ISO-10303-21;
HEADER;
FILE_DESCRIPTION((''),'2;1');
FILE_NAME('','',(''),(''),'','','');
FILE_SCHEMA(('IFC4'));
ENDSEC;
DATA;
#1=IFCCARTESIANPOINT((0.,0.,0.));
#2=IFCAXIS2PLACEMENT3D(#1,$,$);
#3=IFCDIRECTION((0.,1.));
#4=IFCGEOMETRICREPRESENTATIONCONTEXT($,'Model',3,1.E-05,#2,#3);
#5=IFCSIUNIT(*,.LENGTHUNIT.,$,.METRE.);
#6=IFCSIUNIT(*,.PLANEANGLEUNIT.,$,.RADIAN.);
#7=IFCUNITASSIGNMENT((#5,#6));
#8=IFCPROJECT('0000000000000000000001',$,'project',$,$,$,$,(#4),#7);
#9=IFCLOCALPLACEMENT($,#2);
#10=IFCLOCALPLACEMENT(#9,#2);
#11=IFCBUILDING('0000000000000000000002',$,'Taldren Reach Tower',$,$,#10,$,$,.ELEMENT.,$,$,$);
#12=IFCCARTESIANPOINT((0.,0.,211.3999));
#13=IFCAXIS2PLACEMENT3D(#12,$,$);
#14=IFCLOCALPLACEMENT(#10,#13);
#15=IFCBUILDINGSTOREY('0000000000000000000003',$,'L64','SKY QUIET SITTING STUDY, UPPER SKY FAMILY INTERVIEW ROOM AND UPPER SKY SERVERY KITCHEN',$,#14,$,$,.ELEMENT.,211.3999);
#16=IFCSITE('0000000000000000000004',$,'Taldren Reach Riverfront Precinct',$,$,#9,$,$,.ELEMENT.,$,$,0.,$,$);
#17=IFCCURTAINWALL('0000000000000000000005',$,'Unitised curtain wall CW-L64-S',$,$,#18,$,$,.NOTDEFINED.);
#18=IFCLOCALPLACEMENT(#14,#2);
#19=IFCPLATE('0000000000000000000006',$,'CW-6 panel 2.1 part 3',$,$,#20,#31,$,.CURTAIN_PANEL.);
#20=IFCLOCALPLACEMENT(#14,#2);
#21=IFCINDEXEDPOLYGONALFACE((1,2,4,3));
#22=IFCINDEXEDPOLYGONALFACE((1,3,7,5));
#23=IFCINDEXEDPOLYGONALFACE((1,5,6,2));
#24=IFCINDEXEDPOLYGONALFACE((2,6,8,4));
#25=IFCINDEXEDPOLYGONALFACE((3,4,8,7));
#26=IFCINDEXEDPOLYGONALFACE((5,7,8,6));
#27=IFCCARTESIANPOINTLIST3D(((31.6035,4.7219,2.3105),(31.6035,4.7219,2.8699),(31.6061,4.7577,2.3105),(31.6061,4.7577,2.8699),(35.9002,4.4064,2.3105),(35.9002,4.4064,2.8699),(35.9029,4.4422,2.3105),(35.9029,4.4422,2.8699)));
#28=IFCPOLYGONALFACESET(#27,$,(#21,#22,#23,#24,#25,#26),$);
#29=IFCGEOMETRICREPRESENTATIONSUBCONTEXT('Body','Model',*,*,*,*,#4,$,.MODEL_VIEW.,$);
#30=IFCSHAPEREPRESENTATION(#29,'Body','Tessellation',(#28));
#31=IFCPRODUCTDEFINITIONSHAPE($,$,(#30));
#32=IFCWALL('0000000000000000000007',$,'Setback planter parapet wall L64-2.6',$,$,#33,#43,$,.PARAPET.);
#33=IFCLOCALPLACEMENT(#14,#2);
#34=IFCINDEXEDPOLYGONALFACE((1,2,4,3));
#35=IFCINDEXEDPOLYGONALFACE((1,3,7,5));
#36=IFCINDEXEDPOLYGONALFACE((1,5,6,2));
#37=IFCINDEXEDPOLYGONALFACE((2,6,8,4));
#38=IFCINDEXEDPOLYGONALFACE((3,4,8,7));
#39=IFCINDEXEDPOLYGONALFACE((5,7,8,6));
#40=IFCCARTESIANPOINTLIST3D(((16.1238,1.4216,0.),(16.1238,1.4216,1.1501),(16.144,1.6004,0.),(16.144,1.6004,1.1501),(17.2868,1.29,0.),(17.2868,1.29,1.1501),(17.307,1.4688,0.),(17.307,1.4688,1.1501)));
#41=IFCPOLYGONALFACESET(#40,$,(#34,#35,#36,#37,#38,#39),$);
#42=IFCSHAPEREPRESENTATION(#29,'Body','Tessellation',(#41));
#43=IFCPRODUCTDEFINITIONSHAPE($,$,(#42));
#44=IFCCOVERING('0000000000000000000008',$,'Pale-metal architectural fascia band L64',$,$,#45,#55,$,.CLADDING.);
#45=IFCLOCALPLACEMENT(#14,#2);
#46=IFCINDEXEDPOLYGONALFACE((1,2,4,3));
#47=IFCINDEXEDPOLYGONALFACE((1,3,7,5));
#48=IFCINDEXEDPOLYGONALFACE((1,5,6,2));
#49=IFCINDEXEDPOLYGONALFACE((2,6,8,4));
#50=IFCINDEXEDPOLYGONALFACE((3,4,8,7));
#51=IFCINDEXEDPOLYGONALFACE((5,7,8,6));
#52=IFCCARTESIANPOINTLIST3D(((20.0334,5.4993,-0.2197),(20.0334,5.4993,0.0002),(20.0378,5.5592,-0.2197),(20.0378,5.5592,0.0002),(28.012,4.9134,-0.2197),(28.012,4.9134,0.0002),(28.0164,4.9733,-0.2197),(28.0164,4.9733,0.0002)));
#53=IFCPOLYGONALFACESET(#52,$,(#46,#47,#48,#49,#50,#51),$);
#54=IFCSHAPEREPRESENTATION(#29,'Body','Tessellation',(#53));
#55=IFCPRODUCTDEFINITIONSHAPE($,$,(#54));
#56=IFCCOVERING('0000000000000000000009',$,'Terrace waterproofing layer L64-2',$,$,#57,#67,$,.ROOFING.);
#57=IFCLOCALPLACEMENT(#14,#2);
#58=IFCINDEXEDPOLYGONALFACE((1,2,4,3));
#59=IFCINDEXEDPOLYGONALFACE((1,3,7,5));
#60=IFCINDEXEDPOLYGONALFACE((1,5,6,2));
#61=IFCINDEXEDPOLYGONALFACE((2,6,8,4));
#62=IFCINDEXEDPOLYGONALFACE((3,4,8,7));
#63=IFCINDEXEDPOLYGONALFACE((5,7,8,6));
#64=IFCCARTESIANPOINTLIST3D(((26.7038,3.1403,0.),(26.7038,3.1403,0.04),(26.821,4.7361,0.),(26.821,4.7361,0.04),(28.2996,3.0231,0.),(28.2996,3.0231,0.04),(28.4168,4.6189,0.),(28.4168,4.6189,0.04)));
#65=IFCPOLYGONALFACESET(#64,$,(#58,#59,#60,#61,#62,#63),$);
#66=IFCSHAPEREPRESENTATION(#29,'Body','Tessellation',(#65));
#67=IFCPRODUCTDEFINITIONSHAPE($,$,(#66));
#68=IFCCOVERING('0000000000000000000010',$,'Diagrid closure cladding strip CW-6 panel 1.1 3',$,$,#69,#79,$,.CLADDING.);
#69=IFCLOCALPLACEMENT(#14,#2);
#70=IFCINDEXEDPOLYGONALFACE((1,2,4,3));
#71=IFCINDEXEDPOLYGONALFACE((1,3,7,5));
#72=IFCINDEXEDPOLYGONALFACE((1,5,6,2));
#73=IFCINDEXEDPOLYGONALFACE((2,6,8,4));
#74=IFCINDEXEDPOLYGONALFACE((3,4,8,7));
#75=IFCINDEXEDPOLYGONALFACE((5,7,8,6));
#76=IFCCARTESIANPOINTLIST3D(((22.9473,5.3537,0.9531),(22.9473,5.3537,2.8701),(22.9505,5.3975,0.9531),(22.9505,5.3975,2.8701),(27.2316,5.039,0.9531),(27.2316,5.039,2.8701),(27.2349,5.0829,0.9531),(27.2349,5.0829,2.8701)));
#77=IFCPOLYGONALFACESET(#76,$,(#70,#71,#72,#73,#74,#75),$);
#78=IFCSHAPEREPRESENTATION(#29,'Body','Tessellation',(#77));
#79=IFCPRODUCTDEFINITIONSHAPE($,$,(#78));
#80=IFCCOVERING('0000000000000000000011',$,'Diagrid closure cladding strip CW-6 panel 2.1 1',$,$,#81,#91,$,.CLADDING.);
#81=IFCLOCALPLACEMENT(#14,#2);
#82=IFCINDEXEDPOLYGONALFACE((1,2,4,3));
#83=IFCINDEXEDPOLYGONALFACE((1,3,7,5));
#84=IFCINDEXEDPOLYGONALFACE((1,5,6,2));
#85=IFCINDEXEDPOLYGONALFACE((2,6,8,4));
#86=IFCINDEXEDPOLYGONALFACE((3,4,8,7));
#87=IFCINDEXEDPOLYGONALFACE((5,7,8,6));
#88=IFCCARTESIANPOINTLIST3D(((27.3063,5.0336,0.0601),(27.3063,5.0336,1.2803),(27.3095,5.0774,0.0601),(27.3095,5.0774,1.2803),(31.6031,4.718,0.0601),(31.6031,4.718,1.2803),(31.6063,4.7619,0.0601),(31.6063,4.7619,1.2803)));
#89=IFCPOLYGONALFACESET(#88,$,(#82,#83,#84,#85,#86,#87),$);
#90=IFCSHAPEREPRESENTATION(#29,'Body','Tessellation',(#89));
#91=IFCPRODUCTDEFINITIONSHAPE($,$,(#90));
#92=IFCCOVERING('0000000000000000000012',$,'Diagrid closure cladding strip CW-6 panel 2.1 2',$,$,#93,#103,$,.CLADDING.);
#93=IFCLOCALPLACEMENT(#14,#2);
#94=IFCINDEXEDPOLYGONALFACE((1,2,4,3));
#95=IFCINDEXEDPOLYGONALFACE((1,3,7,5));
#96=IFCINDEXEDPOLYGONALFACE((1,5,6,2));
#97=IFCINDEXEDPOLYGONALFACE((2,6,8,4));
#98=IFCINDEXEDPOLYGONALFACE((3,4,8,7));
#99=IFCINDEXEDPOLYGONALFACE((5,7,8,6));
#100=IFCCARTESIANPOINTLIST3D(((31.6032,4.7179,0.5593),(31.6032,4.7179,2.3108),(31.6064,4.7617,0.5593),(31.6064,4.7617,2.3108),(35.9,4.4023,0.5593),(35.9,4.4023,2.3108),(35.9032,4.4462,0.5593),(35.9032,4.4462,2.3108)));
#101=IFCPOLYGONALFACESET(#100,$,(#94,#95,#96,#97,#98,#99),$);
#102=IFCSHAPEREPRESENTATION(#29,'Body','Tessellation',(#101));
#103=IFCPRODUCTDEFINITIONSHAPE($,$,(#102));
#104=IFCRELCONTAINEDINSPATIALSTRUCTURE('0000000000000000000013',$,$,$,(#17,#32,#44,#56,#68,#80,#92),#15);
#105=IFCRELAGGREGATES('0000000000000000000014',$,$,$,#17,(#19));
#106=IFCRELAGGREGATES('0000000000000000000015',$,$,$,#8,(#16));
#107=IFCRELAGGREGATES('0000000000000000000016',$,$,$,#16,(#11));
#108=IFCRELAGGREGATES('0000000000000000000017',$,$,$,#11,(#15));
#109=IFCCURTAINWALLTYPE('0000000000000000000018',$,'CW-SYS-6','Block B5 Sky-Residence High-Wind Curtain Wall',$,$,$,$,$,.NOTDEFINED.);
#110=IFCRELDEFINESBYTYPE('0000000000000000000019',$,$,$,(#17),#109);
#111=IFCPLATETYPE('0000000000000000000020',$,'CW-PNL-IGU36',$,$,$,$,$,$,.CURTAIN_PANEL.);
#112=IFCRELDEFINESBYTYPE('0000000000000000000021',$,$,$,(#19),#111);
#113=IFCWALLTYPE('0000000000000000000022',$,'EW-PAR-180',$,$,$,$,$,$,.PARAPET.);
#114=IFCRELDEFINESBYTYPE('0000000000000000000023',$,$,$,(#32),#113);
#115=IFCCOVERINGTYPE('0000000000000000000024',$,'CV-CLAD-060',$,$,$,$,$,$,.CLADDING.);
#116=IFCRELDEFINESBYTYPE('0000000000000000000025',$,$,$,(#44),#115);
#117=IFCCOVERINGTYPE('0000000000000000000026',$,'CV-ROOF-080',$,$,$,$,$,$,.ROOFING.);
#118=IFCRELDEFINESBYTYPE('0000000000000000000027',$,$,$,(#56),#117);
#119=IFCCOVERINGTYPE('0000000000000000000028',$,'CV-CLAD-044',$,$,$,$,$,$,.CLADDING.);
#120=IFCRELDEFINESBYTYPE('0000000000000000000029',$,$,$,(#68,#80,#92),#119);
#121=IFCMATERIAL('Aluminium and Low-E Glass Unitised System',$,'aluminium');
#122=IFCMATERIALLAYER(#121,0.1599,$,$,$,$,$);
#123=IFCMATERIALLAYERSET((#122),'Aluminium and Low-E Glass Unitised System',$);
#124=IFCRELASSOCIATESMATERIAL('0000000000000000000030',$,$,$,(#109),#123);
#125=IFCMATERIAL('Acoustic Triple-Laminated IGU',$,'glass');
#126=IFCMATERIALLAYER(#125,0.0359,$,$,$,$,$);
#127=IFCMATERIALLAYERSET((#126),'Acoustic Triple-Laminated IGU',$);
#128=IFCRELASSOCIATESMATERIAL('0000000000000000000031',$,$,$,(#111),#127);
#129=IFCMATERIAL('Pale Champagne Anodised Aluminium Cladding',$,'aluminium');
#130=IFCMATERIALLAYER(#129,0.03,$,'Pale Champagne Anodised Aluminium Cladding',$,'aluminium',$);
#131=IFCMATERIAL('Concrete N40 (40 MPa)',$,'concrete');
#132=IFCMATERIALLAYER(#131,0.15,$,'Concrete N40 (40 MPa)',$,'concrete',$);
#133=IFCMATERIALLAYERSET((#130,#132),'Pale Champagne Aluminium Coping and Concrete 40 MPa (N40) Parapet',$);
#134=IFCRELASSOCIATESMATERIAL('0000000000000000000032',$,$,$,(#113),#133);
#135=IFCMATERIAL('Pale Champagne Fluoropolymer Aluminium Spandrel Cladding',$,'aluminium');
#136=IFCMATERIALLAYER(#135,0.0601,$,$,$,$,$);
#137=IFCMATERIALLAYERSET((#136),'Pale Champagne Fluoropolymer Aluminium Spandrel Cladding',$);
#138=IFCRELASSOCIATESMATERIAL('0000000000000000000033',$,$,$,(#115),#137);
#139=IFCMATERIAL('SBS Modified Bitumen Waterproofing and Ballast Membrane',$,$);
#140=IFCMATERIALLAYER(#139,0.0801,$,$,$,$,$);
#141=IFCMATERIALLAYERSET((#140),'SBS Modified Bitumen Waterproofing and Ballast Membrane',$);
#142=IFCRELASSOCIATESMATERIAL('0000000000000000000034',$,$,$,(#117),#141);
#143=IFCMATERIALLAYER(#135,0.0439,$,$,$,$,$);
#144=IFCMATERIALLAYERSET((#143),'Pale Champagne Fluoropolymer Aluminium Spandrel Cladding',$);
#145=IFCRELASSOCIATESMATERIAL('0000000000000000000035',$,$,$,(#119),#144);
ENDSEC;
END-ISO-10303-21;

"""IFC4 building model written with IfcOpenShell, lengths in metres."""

from ifc_helpers import new_model, si_unit, direction, frame, frame_2d, origin, origin_2d, place, context, subcontext, project, spatial, rectangle, extrude, source, transform, mapped, material, layer, layer_set, type_object, element, aggregate, save


model = new_model("IFC4")

# Units and contexts
model_context = context("Model", 3, precision=1e-05, world=origin(), true_north=direction((0.0, 1.0)))
body_context = subcontext(model_context, "Body", "Model", "MODEL_VIEW")
ifc_project = project(units=[si_unit("LENGTHUNIT", "METRE"), si_unit("PLANEANGLEUNIT", "RADIAN")], contexts=[model_context])

# Site, building, storey
site_placement = place(None, origin())
site = spatial("IfcSite", under=ifc_project, at=site_placement, Name="Taldren Reach Riverfront Precinct", CompositionType="ELEMENT", RefElevation=0.0)
building_placement = place(site_placement, origin())
building = spatial("IfcBuilding", under=site, at=building_placement, Name="Taldren Reach Tower", CompositionType="ELEMENT")
storey_placement = place(building_placement, frame((0.0, 0.0, 211.3999)))
storey = spatial("IfcBuildingStorey", under=building, at=storey_placement, Name="L64", Description="SKY QUIET SITTING STUDY, UPPER SKY FAMILY INTERVIEW ROOM AND UPPER SKY SERVERY KITCHEN", CompositionType="ELEMENT", Elevation=211.3999)

# Curtain wall
ifc_material_1 = material(Name="Aluminium and Low-E Glass Unitised System", Category="aluminium")
ifc_layer_1 = layer(ifc_material_1, 0.1599)
ifc_layer_set_1 = layer_set([ifc_layer_1], Name="Aluminium and Low-E Glass Unitised System")
curtain_wall_type = type_object("IfcCurtainWallType", Name="CW-SYS-6", Description="Block B5 Sky-Residence High-Wind Curtain Wall", PredefinedType="NOTDEFINED", material=ifc_layer_set_1)
curtain_wall_placement = place(storey_placement, origin())
curtain_wall = element("IfcCurtainWall", 1, at=curtain_wall_placement, inside=storey, type_object=curtain_wall_type, Name="Unitised curtain wall CW-L64-S", PredefinedType="NOTDEFINED")

# Plate
ifc_material_2 = material(Name="Acoustic Triple-Laminated IGU", Category="glass")
ifc_layer_2 = layer(ifc_material_2, 0.0359)
ifc_layer_set_2 = layer_set([ifc_layer_2], Name="Acoustic Triple-Laminated IGU")
plate_type_1 = type_object("IfcPlateType", Name="CW-PNL-IGU36", PredefinedType="CURTAIN_PANEL", material=ifc_layer_set_2)
shared_shape_1 = source(origin(), body_context, "Body", "SweptSolid", [
    extrude(rectangle(XDim=4.3083, YDim=0.0359, at=origin_2d()), origin(), (0.0, 0.0, 1.0), 0.5593),
])
plate_1_placement = place(storey_placement, frame((33.7532, 4.582, 2.3105), z_axis=(0.0, 0.0, 1.0), x_axis=(0.997314, -0.073238, 0.0)))
plate_1 = element("IfcPlate", 2, at=plate_1_placement, type_object=plate_type_1, Name="CW-6 panel 2.1 part 3", PredefinedType="CURTAIN_PANEL", context=body_context, shape_type="MappedRepresentation", body=[
    mapped(shared_shape_1, transform((0.0, 0.0, 0.0), scale=1.0)),
])
aggregate(curtain_wall, [plate_1])

# Wall
ifc_material_3 = material(Name="Pale Champagne Anodised Aluminium Cladding", Category="aluminium")
ifc_layer_3 = layer(ifc_material_3, 0.03, Name="Pale Champagne Anodised Aluminium Cladding", Category="aluminium")
ifc_material_4 = material(Name="Concrete N40 (40 MPa)", Category="concrete")
ifc_layer_4 = layer(ifc_material_4, 0.15, Name="Concrete N40 (40 MPa)", Category="concrete")
ifc_layer_set_3 = layer_set([ifc_layer_3, ifc_layer_4], Name="Pale Champagne Aluminium Coping and Concrete 40 MPa (N40) Parapet")
wall_type = type_object("IfcWallType", Name="EW-PAR-180", PredefinedType="PARAPET", material=ifc_layer_set_3)
shared_shape_2 = source(origin(), body_context, "Body", "SweptSolid", [
    extrude(rectangle(XDim=1.1704, YDim=0.1799, at=frame_2d((0.5852, 0.0))), origin(), (0.0, 0.0, 1.0), 1.1501),
])
wall_placement = place(storey_placement, frame((17.2969, 1.3794, 0.0), z_axis=(0.0, 0.0, 1.0), x_axis=(-0.99366, 0.112423, 0.0)))
element("IfcWall", 3, at=wall_placement, inside=storey, type_object=wall_type, Name="Setback planter parapet wall L64-2.6", PredefinedType="PARAPET", context=body_context, shape_type="MappedRepresentation", body=[
    mapped(shared_shape_2, transform((0.0, 0.0, 0.0), scale=1.0)),
])

# Coverings
ifc_material_5 = material(Name="Pale Champagne Fluoropolymer Aluminium Spandrel Cladding", Category="aluminium")
ifc_layer_5 = layer(ifc_material_5, 0.0601)
ifc_layer_set_4 = layer_set([ifc_layer_5], Name="Pale Champagne Fluoropolymer Aluminium Spandrel Cladding")
covering_type_1 = type_object("IfcCoveringType", Name="CV-CLAD-060", PredefinedType="CLADDING", material=ifc_layer_set_4)
shared_shape_3 = source(origin(), body_context, "Body", "SweptSolid", [
    extrude(rectangle(XDim=8.0, YDim=0.0601, at=origin_2d()), origin(), (0.0, 0.0, 1.0), 0.22),
])
covering_1_placement = place(storey_placement, frame((24.0249, 5.2363, -0.2197), z_axis=(0.0, 0.0, 1.0), x_axis=(0.997314, -0.073238, 0.0)))
element("IfcCovering", 4, at=covering_1_placement, inside=storey, type_object=covering_type_1, Name="Pale-metal architectural fascia band L64", PredefinedType="CLADDING", context=body_context, shape_type="MappedRepresentation", body=[
    mapped(shared_shape_3, transform((0.0, 0.0, 0.0), scale=1.0)),
])
ifc_material_6 = material(Name="SBS Modified Bitumen Waterproofing and Ballast Membrane")
ifc_layer_6 = layer(ifc_material_6, 0.0801)
ifc_layer_set_5 = layer_set([ifc_layer_6], Name="SBS Modified Bitumen Waterproofing and Ballast Membrane")
covering_type_2 = type_object("IfcCoveringType", Name="CV-ROOF-080", PredefinedType="ROOFING", material=ifc_layer_set_5)
shared_shape_4 = source(origin(), body_context, "Body", "SweptSolid", [
    extrude(rectangle(XDim=1.6001, YDim=1.6001, at=origin_2d()), origin(), (0.0, 0.0, 1.0), 0.04),
])
covering_2_placement = place(storey_placement, frame((27.5603, 3.8796, 0.0), z_axis=(0.0, 0.0, 1.0), x_axis=(0.997314, -0.073238, 0.0)))
element("IfcCovering", 5, at=covering_2_placement, inside=storey, type_object=covering_type_2, Name="Terrace waterproofing layer L64-2", PredefinedType="ROOFING", context=body_context, shape_type="MappedRepresentation", body=[
    mapped(shared_shape_4, transform((0.0, 0.0, 0.0), scale=1.0)),
])
ifc_layer_7 = layer(ifc_material_5, 0.0439)
ifc_layer_set_6 = layer_set([ifc_layer_7], Name="Pale Champagne Fluoropolymer Aluminium Spandrel Cladding")
covering_type_3 = type_object("IfcCoveringType", Name="CV-CLAD-044", PredefinedType="CLADDING", material=ifc_layer_set_6)
shared_shape_5 = source(origin(), body_context, "Body", "SweptSolid", [
    extrude(rectangle(XDim=4.2959, YDim=0.0439, at=origin_2d()), origin(), (0.0, 0.0, 1.0), 1.917),
])
covering_3_placement = place(storey_placement, frame((25.0911, 5.2183, 0.9531), z_axis=(0.0, 0.0, 1.0), x_axis=(0.997314, -0.073238, 0.0)))
element("IfcCovering", 6, at=covering_3_placement, inside=storey, type_object=covering_type_3, Name="Diagrid closure cladding strip CW-6 panel 1.1 3", PredefinedType="CLADDING", context=body_context, shape_type="MappedRepresentation", body=[
    mapped(shared_shape_5, transform((0.0, 0.0, 0.0), scale=1.0)),
])
shared_shape_6 = source(origin(), body_context, "Body", "SweptSolid", [
    extrude(rectangle(XDim=4.3083, YDim=0.0439, at=origin_2d()), origin(), (0.0, 0.0, 1.0), 1.2202),
])
covering_4_placement = place(storey_placement, frame((29.4563, 4.8977, 0.0601), z_axis=(0.0, 0.0, 1.0), x_axis=(0.997314, -0.073238, 0.0)))
element("IfcCovering", 7, at=covering_4_placement, inside=storey, type_object=covering_type_3, Name="Diagrid closure cladding strip CW-6 panel 2.1 1", PredefinedType="CLADDING", context=body_context, shape_type="MappedRepresentation", body=[
    mapped(shared_shape_6, transform((0.0, 0.0, 0.0), scale=1.0)),
])
shared_shape_7 = source(origin(), body_context, "Body", "SweptSolid", [
    extrude(rectangle(XDim=4.3083, YDim=0.0439, at=origin_2d()), origin(), (0.0, 0.0, 1.0), 1.7515),
])
covering_5_placement = place(storey_placement, frame((33.7532, 4.582, 0.5593), z_axis=(0.0, 0.0, 1.0), x_axis=(0.997314, -0.073238, 0.0)))
element("IfcCovering", 8, at=covering_5_placement, inside=storey, type_object=covering_type_3, Name="Diagrid closure cladding strip CW-6 panel 2.1 2", PredefinedType="CLADDING", context=body_context, shape_type="MappedRepresentation", body=[
    mapped(shared_shape_7, transform((0.0, 0.0, 0.0), scale=1.0)),
])

save(model, "model.ifc")
